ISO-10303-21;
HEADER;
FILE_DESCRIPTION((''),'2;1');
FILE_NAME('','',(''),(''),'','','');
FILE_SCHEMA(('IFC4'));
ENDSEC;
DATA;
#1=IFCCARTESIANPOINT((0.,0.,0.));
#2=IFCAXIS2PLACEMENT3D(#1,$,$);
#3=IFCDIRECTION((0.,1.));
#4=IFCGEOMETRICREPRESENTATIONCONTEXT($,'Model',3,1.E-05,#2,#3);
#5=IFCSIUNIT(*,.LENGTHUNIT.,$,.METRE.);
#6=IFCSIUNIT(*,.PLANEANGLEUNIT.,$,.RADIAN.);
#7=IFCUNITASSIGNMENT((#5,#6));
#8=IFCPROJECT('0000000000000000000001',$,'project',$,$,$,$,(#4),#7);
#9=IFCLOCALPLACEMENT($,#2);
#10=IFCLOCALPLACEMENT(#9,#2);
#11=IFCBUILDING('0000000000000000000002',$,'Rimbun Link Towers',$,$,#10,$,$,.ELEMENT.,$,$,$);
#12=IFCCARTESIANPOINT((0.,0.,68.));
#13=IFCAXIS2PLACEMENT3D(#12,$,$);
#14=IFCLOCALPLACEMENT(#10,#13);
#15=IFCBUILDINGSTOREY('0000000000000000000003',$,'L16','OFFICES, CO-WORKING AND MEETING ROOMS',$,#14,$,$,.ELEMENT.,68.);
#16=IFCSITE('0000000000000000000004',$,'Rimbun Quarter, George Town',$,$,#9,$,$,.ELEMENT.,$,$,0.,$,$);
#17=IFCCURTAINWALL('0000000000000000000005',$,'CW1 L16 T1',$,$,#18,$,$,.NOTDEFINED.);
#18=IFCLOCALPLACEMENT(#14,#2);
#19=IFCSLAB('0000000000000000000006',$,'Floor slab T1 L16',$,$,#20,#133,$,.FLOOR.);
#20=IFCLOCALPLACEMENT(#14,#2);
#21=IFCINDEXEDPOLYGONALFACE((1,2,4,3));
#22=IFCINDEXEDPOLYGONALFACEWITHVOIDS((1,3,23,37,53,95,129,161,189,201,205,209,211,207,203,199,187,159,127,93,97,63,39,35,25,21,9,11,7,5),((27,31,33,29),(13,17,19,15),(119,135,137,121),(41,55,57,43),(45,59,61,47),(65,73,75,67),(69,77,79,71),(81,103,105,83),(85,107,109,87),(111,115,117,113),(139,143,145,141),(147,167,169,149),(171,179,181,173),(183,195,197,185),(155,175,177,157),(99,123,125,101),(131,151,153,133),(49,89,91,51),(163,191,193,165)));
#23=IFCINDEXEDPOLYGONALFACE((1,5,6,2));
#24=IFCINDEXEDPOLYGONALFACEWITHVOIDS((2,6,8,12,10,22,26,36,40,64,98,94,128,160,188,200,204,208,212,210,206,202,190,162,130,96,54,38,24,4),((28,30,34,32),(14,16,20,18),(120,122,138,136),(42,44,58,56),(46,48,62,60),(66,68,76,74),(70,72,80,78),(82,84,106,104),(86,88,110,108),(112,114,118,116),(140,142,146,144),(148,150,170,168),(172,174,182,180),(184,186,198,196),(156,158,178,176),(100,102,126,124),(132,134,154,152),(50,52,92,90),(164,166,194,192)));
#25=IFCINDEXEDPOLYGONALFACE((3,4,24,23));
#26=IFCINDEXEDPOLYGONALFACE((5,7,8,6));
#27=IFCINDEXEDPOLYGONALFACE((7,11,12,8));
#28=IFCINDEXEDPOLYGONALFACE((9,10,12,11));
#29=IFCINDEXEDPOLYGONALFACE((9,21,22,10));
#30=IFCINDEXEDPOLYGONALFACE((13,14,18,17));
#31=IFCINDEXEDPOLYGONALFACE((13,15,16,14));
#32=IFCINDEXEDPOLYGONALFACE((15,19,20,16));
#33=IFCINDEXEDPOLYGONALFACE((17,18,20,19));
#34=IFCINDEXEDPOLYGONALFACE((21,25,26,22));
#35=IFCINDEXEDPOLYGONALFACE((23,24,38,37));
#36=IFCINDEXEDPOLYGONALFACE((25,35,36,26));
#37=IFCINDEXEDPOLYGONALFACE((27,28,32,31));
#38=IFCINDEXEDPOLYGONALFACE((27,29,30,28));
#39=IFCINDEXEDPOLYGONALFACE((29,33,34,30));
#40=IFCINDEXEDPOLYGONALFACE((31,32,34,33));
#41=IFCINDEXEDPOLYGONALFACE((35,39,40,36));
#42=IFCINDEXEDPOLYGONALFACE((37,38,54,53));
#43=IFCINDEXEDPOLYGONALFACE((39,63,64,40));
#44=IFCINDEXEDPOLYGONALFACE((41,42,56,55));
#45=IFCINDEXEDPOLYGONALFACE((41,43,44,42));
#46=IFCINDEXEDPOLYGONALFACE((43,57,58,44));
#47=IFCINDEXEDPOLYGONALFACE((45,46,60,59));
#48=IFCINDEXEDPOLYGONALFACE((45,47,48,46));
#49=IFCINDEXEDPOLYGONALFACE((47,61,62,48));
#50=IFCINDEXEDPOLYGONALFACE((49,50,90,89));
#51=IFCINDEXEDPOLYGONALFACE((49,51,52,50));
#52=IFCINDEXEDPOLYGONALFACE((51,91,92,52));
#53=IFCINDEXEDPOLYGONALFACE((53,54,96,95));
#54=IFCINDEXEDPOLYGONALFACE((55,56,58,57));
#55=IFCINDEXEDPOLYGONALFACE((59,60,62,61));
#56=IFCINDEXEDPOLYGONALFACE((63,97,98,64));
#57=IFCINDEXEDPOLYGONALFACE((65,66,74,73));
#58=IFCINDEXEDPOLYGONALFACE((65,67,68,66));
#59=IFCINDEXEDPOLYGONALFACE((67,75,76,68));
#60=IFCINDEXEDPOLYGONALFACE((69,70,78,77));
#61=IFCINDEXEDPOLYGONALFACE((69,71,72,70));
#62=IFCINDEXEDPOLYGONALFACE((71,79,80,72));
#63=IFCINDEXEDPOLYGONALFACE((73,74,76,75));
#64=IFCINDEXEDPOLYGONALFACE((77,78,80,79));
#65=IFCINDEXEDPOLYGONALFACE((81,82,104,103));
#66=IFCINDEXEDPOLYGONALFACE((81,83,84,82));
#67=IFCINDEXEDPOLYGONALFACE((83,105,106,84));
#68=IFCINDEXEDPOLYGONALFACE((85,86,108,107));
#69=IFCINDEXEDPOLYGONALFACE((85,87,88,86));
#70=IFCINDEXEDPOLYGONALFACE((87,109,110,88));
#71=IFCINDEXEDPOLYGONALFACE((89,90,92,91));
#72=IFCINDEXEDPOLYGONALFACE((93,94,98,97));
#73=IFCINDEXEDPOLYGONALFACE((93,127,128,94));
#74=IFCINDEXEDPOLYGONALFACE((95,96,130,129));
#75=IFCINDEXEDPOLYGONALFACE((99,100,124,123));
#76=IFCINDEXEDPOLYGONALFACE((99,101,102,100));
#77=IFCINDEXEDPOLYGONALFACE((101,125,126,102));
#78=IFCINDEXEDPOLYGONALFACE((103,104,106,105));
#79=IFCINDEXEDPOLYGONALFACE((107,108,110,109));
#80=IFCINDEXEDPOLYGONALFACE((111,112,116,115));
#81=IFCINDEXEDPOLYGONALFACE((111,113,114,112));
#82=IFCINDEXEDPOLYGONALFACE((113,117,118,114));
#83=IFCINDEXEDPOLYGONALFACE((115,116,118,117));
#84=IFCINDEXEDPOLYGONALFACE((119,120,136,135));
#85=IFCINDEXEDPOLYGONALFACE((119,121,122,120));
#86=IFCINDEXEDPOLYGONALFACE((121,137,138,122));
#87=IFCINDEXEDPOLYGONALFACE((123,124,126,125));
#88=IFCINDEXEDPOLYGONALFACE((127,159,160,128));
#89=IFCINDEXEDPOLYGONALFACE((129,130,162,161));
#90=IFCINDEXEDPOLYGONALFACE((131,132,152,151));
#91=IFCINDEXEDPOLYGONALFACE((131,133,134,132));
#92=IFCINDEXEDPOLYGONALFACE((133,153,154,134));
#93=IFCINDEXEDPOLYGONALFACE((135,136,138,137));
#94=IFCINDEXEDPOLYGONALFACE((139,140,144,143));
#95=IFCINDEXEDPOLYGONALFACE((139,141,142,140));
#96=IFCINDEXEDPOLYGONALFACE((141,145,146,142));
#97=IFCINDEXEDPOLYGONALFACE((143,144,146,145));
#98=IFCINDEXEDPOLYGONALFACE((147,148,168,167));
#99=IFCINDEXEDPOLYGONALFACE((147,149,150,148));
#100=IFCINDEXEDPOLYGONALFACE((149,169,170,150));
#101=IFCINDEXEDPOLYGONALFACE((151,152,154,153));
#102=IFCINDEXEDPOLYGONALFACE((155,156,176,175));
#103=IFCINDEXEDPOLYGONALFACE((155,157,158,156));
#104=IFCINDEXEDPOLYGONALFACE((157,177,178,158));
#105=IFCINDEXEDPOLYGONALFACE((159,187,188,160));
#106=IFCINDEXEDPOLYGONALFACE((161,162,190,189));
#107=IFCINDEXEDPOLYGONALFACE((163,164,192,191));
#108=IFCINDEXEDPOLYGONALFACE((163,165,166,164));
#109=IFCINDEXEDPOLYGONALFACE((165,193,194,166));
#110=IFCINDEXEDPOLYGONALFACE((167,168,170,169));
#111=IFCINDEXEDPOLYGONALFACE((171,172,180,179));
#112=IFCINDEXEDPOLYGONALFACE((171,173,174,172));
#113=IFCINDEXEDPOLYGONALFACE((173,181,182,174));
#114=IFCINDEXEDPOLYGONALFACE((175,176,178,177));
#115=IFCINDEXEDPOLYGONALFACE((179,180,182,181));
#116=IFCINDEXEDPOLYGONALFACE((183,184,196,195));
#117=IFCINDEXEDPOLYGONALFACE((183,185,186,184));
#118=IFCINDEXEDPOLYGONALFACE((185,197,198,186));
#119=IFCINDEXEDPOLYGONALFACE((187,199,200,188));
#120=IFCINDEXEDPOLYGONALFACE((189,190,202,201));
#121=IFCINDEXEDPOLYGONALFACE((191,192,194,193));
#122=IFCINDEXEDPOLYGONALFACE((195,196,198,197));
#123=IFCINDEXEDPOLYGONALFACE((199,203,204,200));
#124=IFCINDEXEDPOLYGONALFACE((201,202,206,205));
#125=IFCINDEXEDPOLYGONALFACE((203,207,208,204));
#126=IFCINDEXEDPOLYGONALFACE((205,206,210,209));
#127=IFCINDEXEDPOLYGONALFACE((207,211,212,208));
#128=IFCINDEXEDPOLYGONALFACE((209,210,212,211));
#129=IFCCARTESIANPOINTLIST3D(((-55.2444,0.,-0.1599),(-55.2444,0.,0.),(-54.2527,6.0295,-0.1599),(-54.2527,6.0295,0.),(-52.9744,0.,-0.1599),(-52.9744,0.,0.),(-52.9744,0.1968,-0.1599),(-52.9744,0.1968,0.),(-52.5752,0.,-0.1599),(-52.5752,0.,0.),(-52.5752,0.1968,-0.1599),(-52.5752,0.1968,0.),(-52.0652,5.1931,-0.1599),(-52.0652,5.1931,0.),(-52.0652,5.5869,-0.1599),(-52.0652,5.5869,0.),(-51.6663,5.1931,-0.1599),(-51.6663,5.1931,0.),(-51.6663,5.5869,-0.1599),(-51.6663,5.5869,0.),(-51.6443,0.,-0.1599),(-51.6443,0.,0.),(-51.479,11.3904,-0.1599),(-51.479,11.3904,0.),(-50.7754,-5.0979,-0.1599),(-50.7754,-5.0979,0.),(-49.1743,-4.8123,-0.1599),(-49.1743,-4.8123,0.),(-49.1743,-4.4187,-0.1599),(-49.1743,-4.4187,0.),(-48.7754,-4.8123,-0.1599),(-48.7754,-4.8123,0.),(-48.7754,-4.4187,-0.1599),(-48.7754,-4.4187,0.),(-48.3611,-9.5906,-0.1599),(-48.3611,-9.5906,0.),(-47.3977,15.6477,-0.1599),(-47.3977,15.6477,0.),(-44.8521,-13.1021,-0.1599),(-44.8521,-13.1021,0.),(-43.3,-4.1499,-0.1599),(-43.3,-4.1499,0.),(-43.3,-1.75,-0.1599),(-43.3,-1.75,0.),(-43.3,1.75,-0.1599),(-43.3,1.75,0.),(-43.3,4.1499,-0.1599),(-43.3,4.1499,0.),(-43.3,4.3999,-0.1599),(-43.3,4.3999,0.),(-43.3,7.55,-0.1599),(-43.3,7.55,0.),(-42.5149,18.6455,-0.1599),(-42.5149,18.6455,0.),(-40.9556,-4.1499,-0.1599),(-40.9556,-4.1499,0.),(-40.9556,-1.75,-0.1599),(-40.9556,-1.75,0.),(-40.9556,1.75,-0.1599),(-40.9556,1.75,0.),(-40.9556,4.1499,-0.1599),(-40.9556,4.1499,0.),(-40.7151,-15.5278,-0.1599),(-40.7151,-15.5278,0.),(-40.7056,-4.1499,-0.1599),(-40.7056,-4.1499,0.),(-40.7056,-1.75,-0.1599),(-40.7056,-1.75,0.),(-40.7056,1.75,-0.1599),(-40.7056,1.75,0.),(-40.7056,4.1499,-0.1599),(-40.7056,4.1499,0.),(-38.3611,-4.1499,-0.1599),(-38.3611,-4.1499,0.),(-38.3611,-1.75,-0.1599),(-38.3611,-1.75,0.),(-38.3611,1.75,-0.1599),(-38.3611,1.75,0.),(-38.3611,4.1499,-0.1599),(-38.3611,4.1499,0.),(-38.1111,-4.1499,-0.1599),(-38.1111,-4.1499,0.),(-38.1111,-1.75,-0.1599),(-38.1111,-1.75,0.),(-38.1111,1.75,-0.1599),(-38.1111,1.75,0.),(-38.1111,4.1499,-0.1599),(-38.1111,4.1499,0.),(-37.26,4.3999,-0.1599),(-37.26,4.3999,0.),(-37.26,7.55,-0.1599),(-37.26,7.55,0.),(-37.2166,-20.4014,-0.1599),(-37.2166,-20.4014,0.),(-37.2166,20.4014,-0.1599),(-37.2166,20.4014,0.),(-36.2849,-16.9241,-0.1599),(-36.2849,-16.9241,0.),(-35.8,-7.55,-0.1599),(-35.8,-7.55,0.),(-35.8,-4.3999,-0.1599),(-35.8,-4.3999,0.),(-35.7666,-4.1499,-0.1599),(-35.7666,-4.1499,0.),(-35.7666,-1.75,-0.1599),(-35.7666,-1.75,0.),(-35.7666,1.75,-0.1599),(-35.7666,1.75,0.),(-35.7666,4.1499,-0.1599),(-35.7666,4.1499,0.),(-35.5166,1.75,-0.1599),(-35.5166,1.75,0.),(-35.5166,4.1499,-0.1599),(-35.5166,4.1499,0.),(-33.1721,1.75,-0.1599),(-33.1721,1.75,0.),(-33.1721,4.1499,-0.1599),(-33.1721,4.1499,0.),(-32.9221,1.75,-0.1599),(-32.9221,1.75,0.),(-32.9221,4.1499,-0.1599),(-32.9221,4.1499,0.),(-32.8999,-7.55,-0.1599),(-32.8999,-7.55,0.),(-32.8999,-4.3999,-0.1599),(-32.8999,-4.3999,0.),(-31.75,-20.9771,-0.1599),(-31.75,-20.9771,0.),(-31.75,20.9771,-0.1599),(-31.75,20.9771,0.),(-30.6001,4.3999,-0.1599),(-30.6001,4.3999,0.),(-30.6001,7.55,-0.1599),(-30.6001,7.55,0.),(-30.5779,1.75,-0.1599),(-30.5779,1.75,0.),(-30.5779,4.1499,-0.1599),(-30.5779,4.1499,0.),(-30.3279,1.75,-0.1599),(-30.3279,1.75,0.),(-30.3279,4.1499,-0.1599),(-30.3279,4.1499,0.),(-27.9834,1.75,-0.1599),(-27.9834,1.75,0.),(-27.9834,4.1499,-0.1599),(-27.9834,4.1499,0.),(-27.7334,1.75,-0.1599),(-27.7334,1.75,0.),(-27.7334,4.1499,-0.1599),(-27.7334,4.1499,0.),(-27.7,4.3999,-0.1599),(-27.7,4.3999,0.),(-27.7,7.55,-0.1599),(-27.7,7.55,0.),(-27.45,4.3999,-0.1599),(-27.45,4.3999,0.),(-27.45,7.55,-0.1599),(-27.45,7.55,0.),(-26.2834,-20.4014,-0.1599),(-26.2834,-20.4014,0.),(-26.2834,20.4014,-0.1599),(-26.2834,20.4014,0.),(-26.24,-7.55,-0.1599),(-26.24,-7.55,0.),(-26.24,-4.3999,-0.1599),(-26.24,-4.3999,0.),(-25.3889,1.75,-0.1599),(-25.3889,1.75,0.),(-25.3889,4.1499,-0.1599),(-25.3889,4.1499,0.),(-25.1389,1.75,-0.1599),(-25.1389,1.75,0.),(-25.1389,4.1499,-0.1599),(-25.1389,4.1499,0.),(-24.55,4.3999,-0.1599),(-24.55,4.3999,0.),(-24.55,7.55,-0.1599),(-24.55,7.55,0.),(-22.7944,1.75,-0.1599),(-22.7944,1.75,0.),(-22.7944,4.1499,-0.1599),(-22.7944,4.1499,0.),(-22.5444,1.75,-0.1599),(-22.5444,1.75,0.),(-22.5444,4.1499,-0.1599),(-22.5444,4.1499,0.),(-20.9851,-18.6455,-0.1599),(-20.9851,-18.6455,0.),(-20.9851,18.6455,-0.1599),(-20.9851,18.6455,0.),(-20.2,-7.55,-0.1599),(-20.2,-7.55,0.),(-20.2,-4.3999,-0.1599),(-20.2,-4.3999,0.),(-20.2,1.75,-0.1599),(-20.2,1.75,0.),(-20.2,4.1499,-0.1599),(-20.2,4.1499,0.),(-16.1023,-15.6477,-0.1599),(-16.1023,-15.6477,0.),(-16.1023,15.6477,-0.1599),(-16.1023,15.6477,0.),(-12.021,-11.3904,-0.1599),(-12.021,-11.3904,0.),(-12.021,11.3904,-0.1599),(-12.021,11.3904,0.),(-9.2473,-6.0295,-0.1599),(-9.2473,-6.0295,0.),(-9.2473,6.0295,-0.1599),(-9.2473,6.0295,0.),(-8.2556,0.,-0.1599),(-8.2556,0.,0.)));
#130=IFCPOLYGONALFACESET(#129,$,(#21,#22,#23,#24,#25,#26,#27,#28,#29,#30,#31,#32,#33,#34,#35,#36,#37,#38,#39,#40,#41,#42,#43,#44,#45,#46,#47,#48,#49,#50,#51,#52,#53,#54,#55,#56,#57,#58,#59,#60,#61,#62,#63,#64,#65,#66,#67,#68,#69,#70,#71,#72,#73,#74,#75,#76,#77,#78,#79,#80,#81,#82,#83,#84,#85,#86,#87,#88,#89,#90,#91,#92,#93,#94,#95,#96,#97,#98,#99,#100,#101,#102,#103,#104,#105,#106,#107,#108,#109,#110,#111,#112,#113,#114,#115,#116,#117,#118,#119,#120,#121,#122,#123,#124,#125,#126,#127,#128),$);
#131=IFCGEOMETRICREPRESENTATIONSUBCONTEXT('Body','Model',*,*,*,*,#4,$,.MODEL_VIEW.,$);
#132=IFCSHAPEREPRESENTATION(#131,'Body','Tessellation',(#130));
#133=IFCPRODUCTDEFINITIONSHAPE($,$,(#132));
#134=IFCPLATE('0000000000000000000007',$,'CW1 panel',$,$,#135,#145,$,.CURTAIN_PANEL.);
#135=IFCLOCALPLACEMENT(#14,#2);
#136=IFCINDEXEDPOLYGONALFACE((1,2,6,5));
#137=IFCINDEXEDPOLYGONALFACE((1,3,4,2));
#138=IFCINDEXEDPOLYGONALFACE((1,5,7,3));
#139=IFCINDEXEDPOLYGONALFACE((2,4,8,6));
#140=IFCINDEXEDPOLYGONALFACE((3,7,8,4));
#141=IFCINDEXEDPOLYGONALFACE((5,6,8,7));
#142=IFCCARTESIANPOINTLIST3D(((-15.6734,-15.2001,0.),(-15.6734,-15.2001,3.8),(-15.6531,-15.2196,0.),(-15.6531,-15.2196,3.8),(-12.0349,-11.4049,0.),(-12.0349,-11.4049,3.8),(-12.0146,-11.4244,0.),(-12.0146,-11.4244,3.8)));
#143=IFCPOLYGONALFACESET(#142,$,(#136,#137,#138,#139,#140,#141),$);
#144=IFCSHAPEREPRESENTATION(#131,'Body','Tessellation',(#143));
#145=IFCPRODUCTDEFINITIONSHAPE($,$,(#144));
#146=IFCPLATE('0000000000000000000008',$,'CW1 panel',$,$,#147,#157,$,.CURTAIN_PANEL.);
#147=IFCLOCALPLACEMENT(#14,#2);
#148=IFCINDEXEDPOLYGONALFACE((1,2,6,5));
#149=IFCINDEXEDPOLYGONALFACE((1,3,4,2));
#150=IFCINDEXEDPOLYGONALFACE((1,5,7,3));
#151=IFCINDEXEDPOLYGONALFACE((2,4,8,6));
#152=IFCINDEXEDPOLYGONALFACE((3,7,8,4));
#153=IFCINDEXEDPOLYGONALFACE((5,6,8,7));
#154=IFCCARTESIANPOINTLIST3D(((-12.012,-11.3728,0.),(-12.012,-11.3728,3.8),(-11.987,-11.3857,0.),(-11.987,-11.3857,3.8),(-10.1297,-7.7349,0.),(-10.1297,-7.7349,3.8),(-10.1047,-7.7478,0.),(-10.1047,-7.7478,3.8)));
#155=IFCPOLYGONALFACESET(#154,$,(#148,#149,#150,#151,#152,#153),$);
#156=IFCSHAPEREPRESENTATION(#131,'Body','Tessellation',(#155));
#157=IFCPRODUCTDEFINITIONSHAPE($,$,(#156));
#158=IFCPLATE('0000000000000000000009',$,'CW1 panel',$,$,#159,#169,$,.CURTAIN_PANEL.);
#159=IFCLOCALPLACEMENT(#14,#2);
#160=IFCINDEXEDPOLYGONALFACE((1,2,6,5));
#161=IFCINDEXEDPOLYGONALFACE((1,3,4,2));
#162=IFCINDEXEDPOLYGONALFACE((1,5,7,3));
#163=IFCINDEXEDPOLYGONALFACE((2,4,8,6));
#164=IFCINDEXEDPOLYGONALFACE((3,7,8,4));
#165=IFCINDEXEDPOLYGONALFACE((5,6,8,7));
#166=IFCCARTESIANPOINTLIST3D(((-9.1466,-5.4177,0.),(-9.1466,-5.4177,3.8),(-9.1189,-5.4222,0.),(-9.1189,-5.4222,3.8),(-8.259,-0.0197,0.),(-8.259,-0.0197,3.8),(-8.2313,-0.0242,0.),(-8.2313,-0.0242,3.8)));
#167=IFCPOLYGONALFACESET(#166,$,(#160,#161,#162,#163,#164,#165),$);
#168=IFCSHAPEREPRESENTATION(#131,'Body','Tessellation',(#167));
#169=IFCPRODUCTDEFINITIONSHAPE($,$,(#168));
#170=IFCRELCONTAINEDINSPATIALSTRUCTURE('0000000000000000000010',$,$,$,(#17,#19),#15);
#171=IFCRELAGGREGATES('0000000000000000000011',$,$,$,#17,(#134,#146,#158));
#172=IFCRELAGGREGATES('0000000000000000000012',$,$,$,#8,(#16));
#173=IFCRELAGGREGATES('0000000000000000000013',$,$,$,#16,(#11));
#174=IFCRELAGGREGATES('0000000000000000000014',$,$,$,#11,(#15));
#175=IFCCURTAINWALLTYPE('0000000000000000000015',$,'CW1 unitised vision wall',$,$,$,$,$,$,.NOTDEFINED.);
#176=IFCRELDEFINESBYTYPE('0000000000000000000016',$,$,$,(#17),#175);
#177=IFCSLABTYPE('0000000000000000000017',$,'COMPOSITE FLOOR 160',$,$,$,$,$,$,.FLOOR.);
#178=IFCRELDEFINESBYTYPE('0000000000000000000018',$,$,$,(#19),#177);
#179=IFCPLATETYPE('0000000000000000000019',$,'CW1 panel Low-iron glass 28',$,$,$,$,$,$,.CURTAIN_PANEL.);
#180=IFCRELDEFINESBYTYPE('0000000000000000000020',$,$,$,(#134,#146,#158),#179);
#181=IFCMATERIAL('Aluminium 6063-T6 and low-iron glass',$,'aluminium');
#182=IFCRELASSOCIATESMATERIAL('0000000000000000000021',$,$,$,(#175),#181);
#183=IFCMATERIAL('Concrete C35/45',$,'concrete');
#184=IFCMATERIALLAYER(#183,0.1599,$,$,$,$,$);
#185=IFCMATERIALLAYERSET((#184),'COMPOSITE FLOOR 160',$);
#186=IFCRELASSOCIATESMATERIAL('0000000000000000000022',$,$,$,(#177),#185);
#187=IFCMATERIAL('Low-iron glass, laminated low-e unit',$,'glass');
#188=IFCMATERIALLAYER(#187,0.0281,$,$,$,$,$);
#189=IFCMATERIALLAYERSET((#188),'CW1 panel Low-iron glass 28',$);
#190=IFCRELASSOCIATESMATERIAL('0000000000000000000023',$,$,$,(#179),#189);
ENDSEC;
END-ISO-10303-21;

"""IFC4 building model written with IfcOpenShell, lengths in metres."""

from ifc_helpers import new_model, si_unit, direction, frame, origin, origin_2d, place, context, subcontext, project, spatial, polyline, rectangle, outline, extrude, material, layer, layer_set, type_object, element, aggregate, save


model = new_model("IFC4")

# Units and contexts
model_context = context("Model", 3, precision=1e-05, world=origin(), true_north=direction((0.0, 1.0)))
body_context = subcontext(model_context, "Body", "Model", "MODEL_VIEW")
ifc_project = project(units=[si_unit("LENGTHUNIT", "METRE"), si_unit("PLANEANGLEUNIT", "RADIAN")], contexts=[model_context])

# Site, building, storey
site_placement = place(None, origin())
site = spatial("IfcSite", under=ifc_project, at=site_placement, Name="Rimbun Quarter, George Town", CompositionType="ELEMENT", RefElevation=0.0)
building_placement = place(site_placement, origin())
building = spatial("IfcBuilding", under=site, at=building_placement, Name="Rimbun Link Towers", CompositionType="ELEMENT")
storey_placement = place(building_placement, frame((0.0, 0.0, 68.0)))
storey = spatial("IfcBuildingStorey", under=building, at=storey_placement, Name="L16", Description="OFFICES, CO-WORKING AND MEETING ROOMS", CompositionType="ELEMENT", Elevation=68.0)

# Curtain wall
ifc_material_1 = material(Name="Aluminium 6063-T6 and low-iron glass", Category="aluminium")
curtain_wall_type = type_object("IfcCurtainWallType", Name="CW1 unitised vision wall", PredefinedType="NOTDEFINED", material=ifc_material_1)
curtain_wall_placement = place(storey_placement, origin())
curtain_wall = element("IfcCurtainWall", 1, at=curtain_wall_placement, inside=storey, type_object=curtain_wall_type, Name="CW1 L16 T1", PredefinedType="NOTDEFINED")

# Slab
ifc_material_2 = material(Name="Concrete C35/45", Category="concrete")
ifc_layer_1 = layer(ifc_material_2, 0.1599)
ifc_layer_set_1 = layer_set([ifc_layer_1], Name="COMPOSITE FLOOR 160")
slab_type = type_object("IfcSlabType", Name="COMPOSITE FLOOR 160", PredefinedType="FLOOR", material=ifc_layer_set_1)
slab_placement = place(storey_placement, frame((0.0, 0.0, -0.1599)))
element("IfcSlab", 2, at=slab_placement, inside=storey, type_object=slab_type, Name="Floor slab T1 L16", PredefinedType="FLOOR", context=body_context, shape_type="SweptSolid", body=[
    extrude(outline(polyline([(-55.2444, 0.0), (-54.2527, 6.0295), (-51.479, 11.3904), (-47.3977, 15.6477), (-42.5149, 18.6455), (-37.2166, 20.4014), (-31.75, 20.9771), (-26.2834, 20.4014), (-20.9851, 18.6455), (-16.1023, 15.6477), (-12.021, 11.3904), (-9.2473, 6.0295), (-8.2556, 0.0), (-9.2473, -6.0295), (-12.021, -11.3904), (-16.1023, -15.6477), (-20.9851, -18.6455), (-26.2834, -20.4014), (-31.75, -20.9771), (-37.2166, -20.4014), (-36.2849, -16.9241), (-40.7151, -15.5278), (-44.8521, -13.1021), (-48.3611, -9.5906), (-50.7754, -5.0979), (-51.6443, 0.0), (-52.5752, 0.0), (-52.5752, 0.1968), (-52.9744, 0.1968), (-52.9744, 0.0), (-55.2444, 0.0)]), holes=[polyline([(-48.7754, -4.8123), (-48.7754, -4.4187), (-49.1743, -4.4187), (-49.1743, -4.8123), (-48.7754, -4.8123)]), polyline([(-40.9556, -4.1499), (-40.9556, -1.75), (-43.3, -1.75), (-43.3, -4.1499), (-40.9556, -4.1499)]), polyline([(-38.3611, -4.1499), (-38.3611, -1.75), (-40.7056, -1.75), (-40.7056, -4.1499), (-38.3611, -4.1499)]), polyline([(-38.1111, -4.1499), (-35.7666, -4.1499), (-35.7666, -1.75), (-38.1111, -1.75), (-38.1111, -4.1499)]), polyline([(-40.9556, 1.75), (-40.9556, 4.1499), (-43.3, 4.1499), (-43.3, 1.75), (-40.9556, 1.75)]), polyline([(-38.3611, 1.75), (-38.3611, 4.1499), (-40.7056, 4.1499), (-40.7056, 1.75), (-38.3611, 1.75)]), polyline([(-35.7666, 1.75), (-35.7666, 4.1499), (-38.1111, 4.1499), (-38.1111, 1.75), (-35.7666, 1.75)]), polyline([(-52.0652, 5.1931), (-51.6663, 5.1931), (-51.6663, 5.5869), (-52.0652, 5.5869), (-52.0652, 5.1931)]), polyline([(-43.3, 4.3999), (-37.26, 4.3999), (-37.26, 7.55), (-43.3, 7.55), (-43.3, 4.3999)]), polyline([(-32.8999, -7.55), (-32.8999, -4.3999), (-35.8, -4.3999), (-35.8, -7.55), (-32.8999, -7.55)]), polyline([(-20.2, -7.55), (-20.2, -4.3999), (-26.24, -4.3999), (-26.24, -7.55), (-20.2, -7.55)]), polyline([(-33.1721, 1.75), (-33.1721, 4.1499), (-35.5166, 4.1499), (-35.5166, 1.75), (-33.1721, 1.75)]), polyline([(-32.9221, 1.75), (-30.5779, 1.75), (-30.5779, 4.1499), (-32.9221, 4.1499), (-32.9221, 1.75)]), polyline([(-30.3279, 1.75), (-27.9834, 1.75), (-27.9834, 4.1499), (-30.3279, 4.1499), (-30.3279, 1.75)]), polyline([(-25.3889, 1.75), (-25.3889, 4.1499), (-27.7334, 4.1499), (-27.7334, 1.75), (-25.3889, 1.75)]), polyline([(-22.7944, 1.75), (-22.7944, 4.1499), (-25.1389, 4.1499), (-25.1389, 1.75), (-22.7944, 1.75)]), polyline([(-20.2, 1.75), (-20.2, 4.1499), (-22.5444, 4.1499), (-22.5444, 1.75), (-20.2, 1.75)]), polyline([(-30.6001, 4.3999), (-27.7, 4.3999), (-27.7, 7.55), (-30.6001, 7.55), (-30.6001, 4.3999)]), polyline([(-27.45, 4.3999), (-24.55, 4.3999), (-24.55, 7.55), (-27.45, 7.55), (-27.45, 4.3999)])]), origin(), (0.0, 0.0, 1.0), 0.1599),
])

# Plates
ifc_material_3 = material(Name="Low-iron glass, laminated low-e unit", Category="glass")
ifc_layer_2 = layer(ifc_material_3, 0.0281)
ifc_layer_set_2 = layer_set([ifc_layer_2], Name="CW1 panel Low-iron glass 28")
plate_type = type_object("IfcPlateType", Name="CW1 panel Low-iron glass 28", PredefinedType="CURTAIN_PANEL", material=ifc_layer_set_2)
plate_1_placement = place(storey_placement, frame((-13.844, -13.3123, 0.0), z_axis=(0.0, 0.0, 1.0), x_axis=(-0.692045, -0.721854, 0.0)))
plate_1 = element("IfcPlate", 3, at=plate_1_placement, type_object=plate_type, Name="CW1 panel", PredefinedType="CURTAIN_PANEL", context=body_context, shape_type="SweptSolid", body=[
    extrude(rectangle(XDim=5.2576, YDim=0.0281, at=origin_2d()), origin(), (0.0, 0.0, 1.0), 3.8),
])
plate_2_placement = place(storey_placement, frame((-11.0583, -9.5603, 0.0), z_axis=(0.0, 0.0, 1.0), x_axis=(-0.459556, -0.888149, 0.0)))
plate_2 = element("IfcPlate", 4, at=plate_2_placement, type_object=plate_type, Name="CW1 panel", PredefinedType="CURTAIN_PANEL", context=body_context, shape_type="SweptSolid", body=[
    extrude(rectangle(XDim=4.0959, YDim=0.0281, at=origin_2d()), origin(), (0.0, 0.0, 1.0), 3.8),
])
plate_3_placement = place(storey_placement, frame((-8.689, -2.7209, 0.0), z_axis=(0.0, 0.0, 1.0), x_axis=(-0.16226, -0.986748, 0.0)))
plate_3 = element("IfcPlate", 5, at=plate_3_placement, type_object=plate_type, Name="CW1 panel", PredefinedType="CURTAIN_PANEL", context=body_context, shape_type="SweptSolid", body=[
    extrude(rectangle(XDim=5.4705, YDim=0.0281, at=origin_2d()), origin(), (0.0, 0.0, 1.0), 3.8),
])
aggregate(curtain_wall, [plate_1, plate_2, plate_3])

save(model, "model.ifc")
